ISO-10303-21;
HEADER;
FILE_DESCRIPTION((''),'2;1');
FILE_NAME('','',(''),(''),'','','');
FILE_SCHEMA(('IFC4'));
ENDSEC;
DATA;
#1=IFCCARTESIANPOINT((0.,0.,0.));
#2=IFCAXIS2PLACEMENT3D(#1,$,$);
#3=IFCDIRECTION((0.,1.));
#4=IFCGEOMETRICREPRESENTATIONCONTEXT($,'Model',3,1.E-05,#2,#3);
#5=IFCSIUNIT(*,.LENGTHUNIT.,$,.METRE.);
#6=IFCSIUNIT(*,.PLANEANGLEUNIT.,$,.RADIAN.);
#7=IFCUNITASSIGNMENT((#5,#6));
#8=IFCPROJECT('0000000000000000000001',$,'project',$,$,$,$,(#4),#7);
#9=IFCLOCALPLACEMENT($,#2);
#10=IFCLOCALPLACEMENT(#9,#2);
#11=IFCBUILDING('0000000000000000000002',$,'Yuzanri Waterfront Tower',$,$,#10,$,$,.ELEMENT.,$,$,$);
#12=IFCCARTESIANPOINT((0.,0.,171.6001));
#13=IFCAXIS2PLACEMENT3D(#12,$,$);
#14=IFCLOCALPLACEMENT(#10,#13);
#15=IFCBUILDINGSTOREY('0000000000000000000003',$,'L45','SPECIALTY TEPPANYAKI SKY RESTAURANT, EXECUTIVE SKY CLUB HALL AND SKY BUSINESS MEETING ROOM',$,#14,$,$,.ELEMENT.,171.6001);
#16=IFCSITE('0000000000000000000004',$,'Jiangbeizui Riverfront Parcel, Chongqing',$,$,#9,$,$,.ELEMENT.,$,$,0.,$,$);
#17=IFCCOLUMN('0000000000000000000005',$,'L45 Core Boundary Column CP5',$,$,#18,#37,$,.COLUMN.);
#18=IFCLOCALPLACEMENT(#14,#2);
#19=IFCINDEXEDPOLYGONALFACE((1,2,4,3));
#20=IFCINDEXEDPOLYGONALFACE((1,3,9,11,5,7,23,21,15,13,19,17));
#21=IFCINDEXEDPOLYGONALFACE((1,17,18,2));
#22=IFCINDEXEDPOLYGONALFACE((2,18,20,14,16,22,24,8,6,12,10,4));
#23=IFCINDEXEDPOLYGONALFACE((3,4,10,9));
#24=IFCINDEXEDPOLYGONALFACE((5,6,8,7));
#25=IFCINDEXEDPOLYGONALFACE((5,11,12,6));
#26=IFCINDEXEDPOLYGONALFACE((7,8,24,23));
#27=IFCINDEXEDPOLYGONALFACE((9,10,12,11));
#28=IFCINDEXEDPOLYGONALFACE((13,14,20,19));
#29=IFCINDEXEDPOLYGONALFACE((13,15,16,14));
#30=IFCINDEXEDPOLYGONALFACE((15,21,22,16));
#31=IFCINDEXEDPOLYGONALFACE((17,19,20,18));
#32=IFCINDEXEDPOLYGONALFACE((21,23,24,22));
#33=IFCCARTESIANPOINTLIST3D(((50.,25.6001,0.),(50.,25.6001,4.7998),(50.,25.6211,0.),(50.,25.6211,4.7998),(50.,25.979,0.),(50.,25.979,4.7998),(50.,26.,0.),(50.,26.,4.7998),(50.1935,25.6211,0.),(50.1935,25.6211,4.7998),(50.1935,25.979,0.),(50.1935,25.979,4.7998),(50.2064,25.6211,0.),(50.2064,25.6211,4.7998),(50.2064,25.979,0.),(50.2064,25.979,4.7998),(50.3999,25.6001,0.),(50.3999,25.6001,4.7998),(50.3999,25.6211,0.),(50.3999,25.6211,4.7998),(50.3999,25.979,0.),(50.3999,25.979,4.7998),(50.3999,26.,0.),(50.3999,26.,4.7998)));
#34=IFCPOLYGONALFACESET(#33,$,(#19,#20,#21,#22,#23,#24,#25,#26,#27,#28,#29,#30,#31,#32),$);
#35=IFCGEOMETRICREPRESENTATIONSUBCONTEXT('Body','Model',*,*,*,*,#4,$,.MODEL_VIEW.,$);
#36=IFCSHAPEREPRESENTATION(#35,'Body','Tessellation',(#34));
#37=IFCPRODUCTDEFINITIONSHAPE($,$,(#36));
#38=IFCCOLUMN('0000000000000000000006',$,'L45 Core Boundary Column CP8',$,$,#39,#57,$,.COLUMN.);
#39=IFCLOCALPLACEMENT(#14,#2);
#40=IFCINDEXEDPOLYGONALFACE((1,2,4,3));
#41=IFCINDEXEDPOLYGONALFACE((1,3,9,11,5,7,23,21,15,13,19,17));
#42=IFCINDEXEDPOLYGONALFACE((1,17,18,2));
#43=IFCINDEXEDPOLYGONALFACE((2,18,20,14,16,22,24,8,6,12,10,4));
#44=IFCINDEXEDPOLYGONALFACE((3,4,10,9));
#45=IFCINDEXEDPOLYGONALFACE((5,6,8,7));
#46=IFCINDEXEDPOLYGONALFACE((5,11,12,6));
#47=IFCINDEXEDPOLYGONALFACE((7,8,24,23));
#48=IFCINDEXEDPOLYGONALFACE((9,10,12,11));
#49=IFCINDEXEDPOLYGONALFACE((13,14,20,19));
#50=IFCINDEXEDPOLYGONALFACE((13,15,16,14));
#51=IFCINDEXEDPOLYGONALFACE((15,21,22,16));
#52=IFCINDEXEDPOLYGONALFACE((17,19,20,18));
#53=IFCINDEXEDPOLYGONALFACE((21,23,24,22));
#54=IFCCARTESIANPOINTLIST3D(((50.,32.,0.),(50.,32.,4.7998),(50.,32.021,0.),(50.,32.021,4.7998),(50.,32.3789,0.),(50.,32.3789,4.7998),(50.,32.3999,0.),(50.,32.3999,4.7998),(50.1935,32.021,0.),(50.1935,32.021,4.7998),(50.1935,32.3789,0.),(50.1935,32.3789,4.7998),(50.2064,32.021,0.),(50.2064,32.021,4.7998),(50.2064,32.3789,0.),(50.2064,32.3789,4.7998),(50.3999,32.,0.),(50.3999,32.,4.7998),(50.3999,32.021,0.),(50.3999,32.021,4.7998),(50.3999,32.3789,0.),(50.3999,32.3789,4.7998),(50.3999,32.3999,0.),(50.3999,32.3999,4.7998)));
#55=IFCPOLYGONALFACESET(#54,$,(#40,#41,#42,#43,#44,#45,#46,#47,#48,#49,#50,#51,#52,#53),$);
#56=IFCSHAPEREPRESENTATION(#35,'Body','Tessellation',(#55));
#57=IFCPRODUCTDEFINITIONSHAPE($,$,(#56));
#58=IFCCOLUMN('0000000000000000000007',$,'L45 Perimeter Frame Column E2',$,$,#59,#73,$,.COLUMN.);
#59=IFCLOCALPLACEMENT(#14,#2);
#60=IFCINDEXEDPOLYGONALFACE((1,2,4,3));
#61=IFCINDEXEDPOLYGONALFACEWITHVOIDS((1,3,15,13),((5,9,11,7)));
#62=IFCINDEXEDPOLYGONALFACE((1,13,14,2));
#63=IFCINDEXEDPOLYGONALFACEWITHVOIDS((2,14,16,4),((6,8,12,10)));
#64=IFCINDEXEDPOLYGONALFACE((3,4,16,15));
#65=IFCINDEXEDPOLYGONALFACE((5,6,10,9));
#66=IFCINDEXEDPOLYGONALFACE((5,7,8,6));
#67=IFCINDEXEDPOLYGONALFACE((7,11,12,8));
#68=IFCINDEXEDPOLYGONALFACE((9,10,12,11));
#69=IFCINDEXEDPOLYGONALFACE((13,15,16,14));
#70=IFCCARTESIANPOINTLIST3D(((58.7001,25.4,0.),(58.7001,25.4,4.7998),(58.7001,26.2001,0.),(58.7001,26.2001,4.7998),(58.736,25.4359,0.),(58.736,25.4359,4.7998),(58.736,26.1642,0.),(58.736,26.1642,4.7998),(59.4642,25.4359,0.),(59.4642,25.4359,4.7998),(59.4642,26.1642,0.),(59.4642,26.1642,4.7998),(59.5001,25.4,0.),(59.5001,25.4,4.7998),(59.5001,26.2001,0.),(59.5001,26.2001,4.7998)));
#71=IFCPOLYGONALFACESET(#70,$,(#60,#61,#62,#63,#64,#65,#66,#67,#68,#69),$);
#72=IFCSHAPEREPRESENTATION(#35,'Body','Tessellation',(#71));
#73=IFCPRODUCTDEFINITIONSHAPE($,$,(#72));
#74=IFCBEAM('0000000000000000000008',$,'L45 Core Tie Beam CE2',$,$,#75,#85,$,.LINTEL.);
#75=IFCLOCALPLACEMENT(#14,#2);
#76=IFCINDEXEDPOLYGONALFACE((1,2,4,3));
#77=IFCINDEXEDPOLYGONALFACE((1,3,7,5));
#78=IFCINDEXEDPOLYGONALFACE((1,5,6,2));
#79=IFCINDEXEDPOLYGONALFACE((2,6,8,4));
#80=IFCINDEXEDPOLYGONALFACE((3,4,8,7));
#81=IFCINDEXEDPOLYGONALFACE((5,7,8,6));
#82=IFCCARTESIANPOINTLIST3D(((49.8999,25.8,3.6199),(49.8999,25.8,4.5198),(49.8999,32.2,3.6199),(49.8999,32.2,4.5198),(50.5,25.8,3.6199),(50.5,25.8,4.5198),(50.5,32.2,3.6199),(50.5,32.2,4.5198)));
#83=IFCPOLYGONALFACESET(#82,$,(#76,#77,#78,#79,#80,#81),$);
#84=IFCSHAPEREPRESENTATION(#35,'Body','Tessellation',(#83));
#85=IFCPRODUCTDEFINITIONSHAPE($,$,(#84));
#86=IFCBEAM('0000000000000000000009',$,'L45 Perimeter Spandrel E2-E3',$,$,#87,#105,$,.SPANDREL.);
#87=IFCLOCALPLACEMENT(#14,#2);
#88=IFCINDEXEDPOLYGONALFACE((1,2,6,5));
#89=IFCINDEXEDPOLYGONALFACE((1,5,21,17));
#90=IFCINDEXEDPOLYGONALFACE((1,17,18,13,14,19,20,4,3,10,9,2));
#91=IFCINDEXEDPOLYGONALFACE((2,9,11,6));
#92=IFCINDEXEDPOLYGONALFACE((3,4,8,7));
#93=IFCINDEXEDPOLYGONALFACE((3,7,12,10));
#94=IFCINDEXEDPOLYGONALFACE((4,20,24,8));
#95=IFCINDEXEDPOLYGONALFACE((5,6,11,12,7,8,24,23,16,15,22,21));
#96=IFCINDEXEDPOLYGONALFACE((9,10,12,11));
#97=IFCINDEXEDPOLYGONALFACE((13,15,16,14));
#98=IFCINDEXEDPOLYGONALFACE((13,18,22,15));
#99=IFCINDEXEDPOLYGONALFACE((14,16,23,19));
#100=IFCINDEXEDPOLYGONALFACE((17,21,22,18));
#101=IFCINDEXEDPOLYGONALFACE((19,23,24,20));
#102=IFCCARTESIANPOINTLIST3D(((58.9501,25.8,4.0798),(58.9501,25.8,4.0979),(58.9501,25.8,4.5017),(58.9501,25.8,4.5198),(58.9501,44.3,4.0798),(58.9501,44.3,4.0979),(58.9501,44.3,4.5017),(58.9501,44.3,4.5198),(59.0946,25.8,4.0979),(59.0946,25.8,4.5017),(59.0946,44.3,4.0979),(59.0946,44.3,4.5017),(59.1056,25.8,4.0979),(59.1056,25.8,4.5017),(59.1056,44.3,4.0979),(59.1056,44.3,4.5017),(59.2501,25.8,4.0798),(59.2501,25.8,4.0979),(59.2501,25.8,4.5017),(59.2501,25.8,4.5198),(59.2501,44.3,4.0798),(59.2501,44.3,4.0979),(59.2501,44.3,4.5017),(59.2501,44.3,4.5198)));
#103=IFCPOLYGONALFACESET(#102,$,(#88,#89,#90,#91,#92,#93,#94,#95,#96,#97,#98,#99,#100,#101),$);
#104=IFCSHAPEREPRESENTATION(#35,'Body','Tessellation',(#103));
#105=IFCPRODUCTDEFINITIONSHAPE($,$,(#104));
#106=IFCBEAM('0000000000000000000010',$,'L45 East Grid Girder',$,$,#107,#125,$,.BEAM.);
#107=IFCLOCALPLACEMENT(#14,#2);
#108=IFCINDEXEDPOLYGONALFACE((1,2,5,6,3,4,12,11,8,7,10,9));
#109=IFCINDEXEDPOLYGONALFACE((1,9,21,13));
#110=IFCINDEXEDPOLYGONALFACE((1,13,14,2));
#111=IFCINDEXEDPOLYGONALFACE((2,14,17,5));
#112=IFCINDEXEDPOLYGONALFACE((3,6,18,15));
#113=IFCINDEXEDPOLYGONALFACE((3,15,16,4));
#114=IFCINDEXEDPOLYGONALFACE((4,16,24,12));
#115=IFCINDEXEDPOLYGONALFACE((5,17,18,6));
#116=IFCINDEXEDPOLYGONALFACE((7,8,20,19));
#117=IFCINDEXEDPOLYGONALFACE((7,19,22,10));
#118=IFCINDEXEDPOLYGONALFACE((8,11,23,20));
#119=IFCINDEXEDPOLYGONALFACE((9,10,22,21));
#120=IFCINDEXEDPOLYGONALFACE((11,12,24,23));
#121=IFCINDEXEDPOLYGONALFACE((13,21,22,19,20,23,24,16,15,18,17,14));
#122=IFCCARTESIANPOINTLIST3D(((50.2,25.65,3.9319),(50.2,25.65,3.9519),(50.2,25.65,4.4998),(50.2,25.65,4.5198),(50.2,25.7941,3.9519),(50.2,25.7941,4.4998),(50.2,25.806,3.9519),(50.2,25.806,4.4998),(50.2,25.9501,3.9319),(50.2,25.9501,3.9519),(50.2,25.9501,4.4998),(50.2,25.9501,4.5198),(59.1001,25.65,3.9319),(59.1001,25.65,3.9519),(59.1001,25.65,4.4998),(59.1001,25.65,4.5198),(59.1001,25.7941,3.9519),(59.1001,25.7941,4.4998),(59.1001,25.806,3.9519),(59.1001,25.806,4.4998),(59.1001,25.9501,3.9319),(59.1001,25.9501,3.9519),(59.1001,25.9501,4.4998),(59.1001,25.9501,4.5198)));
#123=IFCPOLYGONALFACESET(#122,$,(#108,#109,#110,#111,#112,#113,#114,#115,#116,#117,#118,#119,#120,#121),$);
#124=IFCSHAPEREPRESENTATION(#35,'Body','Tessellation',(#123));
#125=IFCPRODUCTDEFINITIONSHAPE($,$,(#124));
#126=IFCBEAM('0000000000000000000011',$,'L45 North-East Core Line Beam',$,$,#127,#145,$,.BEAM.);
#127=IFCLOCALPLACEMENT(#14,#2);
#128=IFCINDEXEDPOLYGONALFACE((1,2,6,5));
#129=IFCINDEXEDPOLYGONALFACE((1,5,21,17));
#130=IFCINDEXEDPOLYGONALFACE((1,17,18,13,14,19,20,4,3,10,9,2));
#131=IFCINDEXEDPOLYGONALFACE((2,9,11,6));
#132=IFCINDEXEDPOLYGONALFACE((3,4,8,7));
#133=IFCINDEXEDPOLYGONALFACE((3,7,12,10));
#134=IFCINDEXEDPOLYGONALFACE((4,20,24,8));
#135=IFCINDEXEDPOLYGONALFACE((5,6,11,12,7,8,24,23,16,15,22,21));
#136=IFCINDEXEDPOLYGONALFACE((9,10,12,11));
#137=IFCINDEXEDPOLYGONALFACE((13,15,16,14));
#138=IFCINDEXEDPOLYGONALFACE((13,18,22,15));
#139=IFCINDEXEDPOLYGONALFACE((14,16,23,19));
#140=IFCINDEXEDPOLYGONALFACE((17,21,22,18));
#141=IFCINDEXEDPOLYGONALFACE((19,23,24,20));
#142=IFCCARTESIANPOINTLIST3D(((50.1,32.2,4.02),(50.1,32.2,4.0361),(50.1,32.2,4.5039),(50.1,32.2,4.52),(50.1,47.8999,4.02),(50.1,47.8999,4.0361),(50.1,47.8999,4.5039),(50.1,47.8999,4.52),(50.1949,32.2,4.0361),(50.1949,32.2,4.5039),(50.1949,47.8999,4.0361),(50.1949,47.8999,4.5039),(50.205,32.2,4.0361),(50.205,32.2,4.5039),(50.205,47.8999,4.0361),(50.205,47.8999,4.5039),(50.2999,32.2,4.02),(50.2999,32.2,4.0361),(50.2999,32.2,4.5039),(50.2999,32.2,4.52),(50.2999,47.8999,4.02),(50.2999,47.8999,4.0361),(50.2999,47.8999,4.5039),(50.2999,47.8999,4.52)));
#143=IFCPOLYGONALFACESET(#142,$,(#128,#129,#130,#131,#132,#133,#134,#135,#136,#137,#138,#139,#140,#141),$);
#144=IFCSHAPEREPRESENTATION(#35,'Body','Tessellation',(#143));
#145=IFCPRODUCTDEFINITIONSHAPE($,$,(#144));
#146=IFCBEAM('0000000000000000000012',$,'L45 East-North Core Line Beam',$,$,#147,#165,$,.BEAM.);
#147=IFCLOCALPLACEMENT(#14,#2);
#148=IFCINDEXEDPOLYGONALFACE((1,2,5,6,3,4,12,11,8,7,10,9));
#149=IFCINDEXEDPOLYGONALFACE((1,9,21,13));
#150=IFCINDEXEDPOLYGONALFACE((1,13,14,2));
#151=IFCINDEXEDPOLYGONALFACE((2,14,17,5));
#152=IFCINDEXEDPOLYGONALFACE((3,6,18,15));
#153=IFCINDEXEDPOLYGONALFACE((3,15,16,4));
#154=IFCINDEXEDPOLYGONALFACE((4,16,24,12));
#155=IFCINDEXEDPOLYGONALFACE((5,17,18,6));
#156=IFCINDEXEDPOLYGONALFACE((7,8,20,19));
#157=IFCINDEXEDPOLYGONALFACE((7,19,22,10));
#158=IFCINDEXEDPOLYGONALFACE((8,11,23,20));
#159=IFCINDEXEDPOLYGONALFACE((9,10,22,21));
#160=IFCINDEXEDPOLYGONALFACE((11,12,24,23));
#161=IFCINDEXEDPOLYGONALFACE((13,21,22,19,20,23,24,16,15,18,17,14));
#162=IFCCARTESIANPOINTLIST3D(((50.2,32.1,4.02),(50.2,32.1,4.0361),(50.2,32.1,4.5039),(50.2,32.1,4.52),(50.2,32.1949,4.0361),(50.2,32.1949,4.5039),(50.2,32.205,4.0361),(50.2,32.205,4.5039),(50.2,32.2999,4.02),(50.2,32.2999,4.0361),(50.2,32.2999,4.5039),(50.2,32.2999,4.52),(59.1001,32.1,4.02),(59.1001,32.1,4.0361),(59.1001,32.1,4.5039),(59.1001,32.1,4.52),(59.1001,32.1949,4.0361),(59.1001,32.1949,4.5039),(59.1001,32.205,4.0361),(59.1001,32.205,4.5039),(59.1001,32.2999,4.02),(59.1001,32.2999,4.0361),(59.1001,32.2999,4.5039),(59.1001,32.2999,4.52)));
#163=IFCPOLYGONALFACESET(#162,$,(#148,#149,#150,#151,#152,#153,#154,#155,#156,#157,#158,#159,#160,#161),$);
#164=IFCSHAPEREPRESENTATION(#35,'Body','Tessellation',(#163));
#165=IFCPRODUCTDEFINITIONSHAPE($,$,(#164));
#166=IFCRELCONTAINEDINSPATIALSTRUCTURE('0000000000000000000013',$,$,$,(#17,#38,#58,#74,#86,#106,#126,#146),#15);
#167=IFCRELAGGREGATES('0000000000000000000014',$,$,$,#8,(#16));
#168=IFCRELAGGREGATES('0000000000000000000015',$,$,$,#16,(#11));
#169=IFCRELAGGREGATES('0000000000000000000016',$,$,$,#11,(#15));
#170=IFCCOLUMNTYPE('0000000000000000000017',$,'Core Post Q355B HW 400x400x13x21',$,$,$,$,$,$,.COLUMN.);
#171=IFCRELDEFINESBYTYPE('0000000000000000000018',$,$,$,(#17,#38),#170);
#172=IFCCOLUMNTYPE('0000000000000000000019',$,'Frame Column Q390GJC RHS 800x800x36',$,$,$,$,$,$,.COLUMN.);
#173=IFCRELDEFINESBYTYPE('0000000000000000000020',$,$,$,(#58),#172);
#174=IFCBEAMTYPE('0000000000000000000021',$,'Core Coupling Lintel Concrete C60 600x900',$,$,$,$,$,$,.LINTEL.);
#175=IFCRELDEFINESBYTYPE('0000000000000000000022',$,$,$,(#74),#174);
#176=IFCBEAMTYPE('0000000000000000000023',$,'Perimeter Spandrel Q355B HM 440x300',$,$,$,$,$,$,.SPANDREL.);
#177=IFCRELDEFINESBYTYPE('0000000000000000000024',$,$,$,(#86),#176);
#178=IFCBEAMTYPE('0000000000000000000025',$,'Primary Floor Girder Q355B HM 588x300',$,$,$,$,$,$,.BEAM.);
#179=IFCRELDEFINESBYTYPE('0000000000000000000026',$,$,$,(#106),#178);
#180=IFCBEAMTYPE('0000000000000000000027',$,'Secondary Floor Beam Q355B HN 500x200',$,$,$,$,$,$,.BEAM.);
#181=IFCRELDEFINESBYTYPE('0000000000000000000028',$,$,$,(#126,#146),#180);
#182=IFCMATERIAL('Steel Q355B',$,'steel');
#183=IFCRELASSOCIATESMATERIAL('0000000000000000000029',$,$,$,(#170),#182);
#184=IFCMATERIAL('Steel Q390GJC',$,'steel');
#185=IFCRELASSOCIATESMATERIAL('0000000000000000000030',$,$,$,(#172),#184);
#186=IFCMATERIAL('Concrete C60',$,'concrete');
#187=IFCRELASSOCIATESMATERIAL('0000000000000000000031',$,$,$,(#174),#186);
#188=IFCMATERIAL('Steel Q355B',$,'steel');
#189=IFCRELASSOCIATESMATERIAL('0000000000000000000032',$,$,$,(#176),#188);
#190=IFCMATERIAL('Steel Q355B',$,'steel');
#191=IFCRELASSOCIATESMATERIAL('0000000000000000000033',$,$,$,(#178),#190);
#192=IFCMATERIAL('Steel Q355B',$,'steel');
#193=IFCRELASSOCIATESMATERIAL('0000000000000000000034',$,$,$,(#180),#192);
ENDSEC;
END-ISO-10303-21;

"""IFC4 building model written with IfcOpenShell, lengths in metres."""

from ifc_helpers import new_model, si_unit, direction, frame, origin, origin_2d, place, context, subcontext, project, spatial, rectangle, hollow_rectangle, i_section, extrude, source, transform, mapped, material, material_profile, profile_set, type_object, element, save


model = new_model("IFC4")

# Units and contexts
model_context = context("Model", 3, precision=1e-05, world=origin(), true_north=direction((0.0, 1.0)))
body_context = subcontext(model_context, "Body", "Model", "MODEL_VIEW")
ifc_project = project(units=[si_unit("LENGTHUNIT", "METRE"), si_unit("PLANEANGLEUNIT", "RADIAN")], contexts=[model_context])

# Site, building, storey
site_placement = place(None, origin())
site = spatial("IfcSite", under=ifc_project, at=site_placement, Name="Jiangbeizui Riverfront Parcel, Chongqing", CompositionType="ELEMENT", RefElevation=0.0)
building_placement = place(site_placement, origin())
building = spatial("IfcBuilding", under=site, at=building_placement, Name="Yuzanri Waterfront Tower", CompositionType="ELEMENT")
storey_placement = place(building_placement, frame((0.0, 0.0, 171.6001)))
storey = spatial("IfcBuildingStorey", under=building, at=storey_placement, Name="L45", Description="SPECIALTY TEPPANYAKI SKY RESTAURANT, EXECUTIVE SKY CLUB HALL AND SKY BUSINESS MEETING ROOM", CompositionType="ELEMENT", Elevation=171.6001)

# Columns
ifc_material_1 = material(Name="Steel Q355B", Category="steel")
ifc_material_profile_1 = material_profile(ifc_material_1, i_section(OverallWidth=0.3999, OverallDepth=0.3999, WebThickness=0.0129, FlangeThickness=0.021, at=origin_2d()), Name="HW 400x400x13x21")
ifc_profile_set_1 = profile_set([ifc_material_profile_1], Name="Steel Q355B")
column_type_1 = type_object("IfcColumnType", Name="Core Post Q355B HW 400x400x13x21", PredefinedType="COLUMN", material=ifc_profile_set_1)
shared_shape_1 = source(origin(), body_context, "Body", "SweptSolid", [
    extrude(i_section(OverallWidth=0.3999, OverallDepth=0.3999, WebThickness=0.0129, FlangeThickness=0.021, at=origin_2d()), origin(), (0.0, 0.0, 1.0), 4.7998),
])
for number, where, z_axis, x_axis, name in (
    (1, (50.2, 25.8, 0.0), (0.0, 0.0, 1.0), (1.0, 0.0, 0.0), "L45 Core Boundary Column CP5"),
    (2, (50.2, 32.2, 0.0), (0.0, 0.0, 1.0), (1.0, 0.0, 0.0), "L45 Core Boundary Column CP8"),
):
    element("IfcColumn", number, at=place(storey_placement, frame(where, z_axis=z_axis, x_axis=x_axis)), inside=storey, type_object=column_type_1, Name=name, PredefinedType="COLUMN", context=body_context, shape_type="MappedRepresentation", body=[
        mapped(shared_shape_1, transform((0.0, 0.0, 0.0), scale=1.0)),
    ])
ifc_material_2 = material(Name="Steel Q390GJC", Category="steel")
ifc_material_profile_2 = material_profile(ifc_material_2, hollow_rectangle(XDim=0.8, YDim=0.8, WallThickness=0.0359, at=origin_2d()), Name="RHS 800x800x36")
ifc_profile_set_2 = profile_set([ifc_material_profile_2], Name="Steel Q390GJC")
column_type_2 = type_object("IfcColumnType", Name="Frame Column Q390GJC RHS 800x800x36", PredefinedType="COLUMN", material=ifc_profile_set_2)
shared_shape_2 = source(origin(), body_context, "Body", "SweptSolid", [
    extrude(hollow_rectangle(XDim=0.8, YDim=0.8, WallThickness=0.0359, at=origin_2d()), origin(), (0.0, 0.0, 1.0), 4.7998),
])
column_placement = place(storey_placement, frame((59.1001, 25.8, 0.0), z_axis=(0.0, 0.0, 1.0), x_axis=(1.0, 0.0, 0.0)))
element("IfcColumn", 3, at=column_placement, inside=storey, type_object=column_type_2, Name="L45 Perimeter Frame Column E2", PredefinedType="COLUMN", context=body_context, shape_type="MappedRepresentation", body=[
    mapped(shared_shape_2, transform((0.0, 0.0, 0.0), scale=1.0)),
])

# Beams
ifc_material_3 = material(Name="Concrete C60", Category="concrete")
ifc_material_profile_3 = material_profile(ifc_material_3, rectangle(XDim=0.6001, YDim=0.8999, at=origin_2d()), Name="RC 600x900")
ifc_profile_set_3 = profile_set([ifc_material_profile_3], Name="Concrete C60")
beam_type_1 = type_object("IfcBeamType", Name="Core Coupling Lintel Concrete C60 600x900", PredefinedType="LINTEL", material=ifc_profile_set_3)
shared_shape_3 = source(origin(), body_context, "Body", "SweptSolid", [
    extrude(rectangle(XDim=0.6001, YDim=0.8999, at=origin_2d()), origin(), (0.0, 0.0, 1.0), 6.3999),
])
beam_1_placement = place(storey_placement, frame((50.2, 25.8, 4.0698), z_axis=(0.0, 1.0, 0.0), x_axis=(-1.0, 0.0, 0.0)))
element("IfcBeam", 4, at=beam_1_placement, inside=storey, type_object=beam_type_1, Name="L45 Core Tie Beam CE2", PredefinedType="LINTEL", context=body_context, shape_type="MappedRepresentation", body=[
    mapped(shared_shape_3, transform((0.0, 0.0, 0.0), scale=1.0)),
])
ifc_material_4 = material(Name="Steel Q355B", Category="steel")
ifc_material_profile_4 = material_profile(ifc_material_4, i_section(OverallWidth=0.3, OverallDepth=0.4399, WebThickness=0.011, FlangeThickness=0.0181, at=origin_2d()), Name="HM 440x300x11x18")
ifc_profile_set_4 = profile_set([ifc_material_profile_4], Name="Steel Q355B")
beam_type_2 = type_object("IfcBeamType", Name="Perimeter Spandrel Q355B HM 440x300", PredefinedType="SPANDREL", material=ifc_profile_set_4)
shared_shape_4 = source(origin(), body_context, "Body", "SweptSolid", [
    extrude(i_section(OverallWidth=0.3, OverallDepth=0.4399, WebThickness=0.011, FlangeThickness=0.0181, at=origin_2d()), origin(), (0.0, 0.0, 1.0), 18.5),
])
beam_2_placement = place(storey_placement, frame((59.1001, 25.8, 4.2998), z_axis=(0.0, 1.0, 0.0), x_axis=(-1.0, 0.0, 0.0)))
element("IfcBeam", 5, at=beam_2_placement, inside=storey, type_object=beam_type_2, Name="L45 Perimeter Spandrel E2-E3", PredefinedType="SPANDREL", context=body_context, shape_type="MappedRepresentation", body=[
    mapped(shared_shape_4, transform((0.0, 0.0, 0.0), scale=1.0)),
])
ifc_material_5 = material(Name="Steel Q355B", Category="steel")
ifc_material_profile_5 = material_profile(ifc_material_5, i_section(OverallWidth=0.3, OverallDepth=0.5879, WebThickness=0.012, FlangeThickness=0.02, at=origin_2d()), Name="HM 588x300x12x20")
ifc_profile_set_5 = profile_set([ifc_material_profile_5], Name="Steel Q355B")
beam_type_3 = type_object("IfcBeamType", Name="Primary Floor Girder Q355B HM 588x300", PredefinedType="BEAM", material=ifc_profile_set_5)
shared_shape_5 = source(origin(), body_context, "Body", "SweptSolid", [
    extrude(i_section(OverallWidth=0.3, OverallDepth=0.5879, WebThickness=0.012, FlangeThickness=0.02, at=origin_2d()), origin(), (0.0, 0.0, 1.0), 8.9001),
])
beam_3_placement = place(storey_placement, frame((50.2, 25.8, 4.2258), z_axis=(1.0, 0.0, 0.0), x_axis=(0.0, 1.0, 0.0)))
element("IfcBeam", 6, at=beam_3_placement, inside=storey, type_object=beam_type_3, Name="L45 East Grid Girder", PredefinedType="BEAM", context=body_context, shape_type="MappedRepresentation", body=[
    mapped(shared_shape_5, transform((0.0, 0.0, 0.0), scale=1.0)),
])
ifc_material_6 = material(Name="Steel Q355B", Category="steel")
ifc_material_profile_6 = material_profile(ifc_material_6, i_section(OverallWidth=0.2, OverallDepth=0.5, WebThickness=0.01, FlangeThickness=0.0161, at=origin_2d()), Name="HN 500x200x10x16")
ifc_profile_set_6 = profile_set([ifc_material_profile_6], Name="Steel Q355B")
beam_type_4 = type_object("IfcBeamType", Name="Secondary Floor Beam Q355B HN 500x200", PredefinedType="BEAM", material=ifc_profile_set_6)
shared_shape_6 = source(origin(), body_context, "Body", "SweptSolid", [
    extrude(i_section(OverallWidth=0.2, OverallDepth=0.5, WebThickness=0.01, FlangeThickness=0.0161, at=origin_2d()), origin(), (0.0, 0.0, 1.0), 15.7),
])
beam_4_placement = place(storey_placement, frame((50.2, 32.2, 4.27), z_axis=(0.0, 1.0, 0.0), x_axis=(-1.0, 0.0, 0.0)))
element("IfcBeam", 7, at=beam_4_placement, inside=storey, type_object=beam_type_4, Name="L45 North-East Core Line Beam", PredefinedType="BEAM", context=body_context, shape_type="MappedRepresentation", body=[
    mapped(shared_shape_6, transform((0.0, 0.0, 0.0), scale=1.0)),
])
shared_shape_7 = source(origin(), body_context, "Body", "SweptSolid", [
    extrude(i_section(OverallWidth=0.2, OverallDepth=0.5, WebThickness=0.01, FlangeThickness=0.0161, at=origin_2d()), origin(), (0.0, 0.0, 1.0), 8.9001),
])
beam_5_placement = place(storey_placement, frame((50.2, 32.2, 4.27), z_axis=(1.0, 0.0, 0.0), x_axis=(0.0, 1.0, 0.0)))
element("IfcBeam", 8, at=beam_5_placement, inside=storey, type_object=beam_type_4, Name="L45 East-North Core Line Beam", PredefinedType="BEAM", context=body_context, shape_type="MappedRepresentation", body=[
    mapped(shared_shape_7, transform((0.0, 0.0, 0.0), scale=1.0)),
])

save(model, "model.ifc")
